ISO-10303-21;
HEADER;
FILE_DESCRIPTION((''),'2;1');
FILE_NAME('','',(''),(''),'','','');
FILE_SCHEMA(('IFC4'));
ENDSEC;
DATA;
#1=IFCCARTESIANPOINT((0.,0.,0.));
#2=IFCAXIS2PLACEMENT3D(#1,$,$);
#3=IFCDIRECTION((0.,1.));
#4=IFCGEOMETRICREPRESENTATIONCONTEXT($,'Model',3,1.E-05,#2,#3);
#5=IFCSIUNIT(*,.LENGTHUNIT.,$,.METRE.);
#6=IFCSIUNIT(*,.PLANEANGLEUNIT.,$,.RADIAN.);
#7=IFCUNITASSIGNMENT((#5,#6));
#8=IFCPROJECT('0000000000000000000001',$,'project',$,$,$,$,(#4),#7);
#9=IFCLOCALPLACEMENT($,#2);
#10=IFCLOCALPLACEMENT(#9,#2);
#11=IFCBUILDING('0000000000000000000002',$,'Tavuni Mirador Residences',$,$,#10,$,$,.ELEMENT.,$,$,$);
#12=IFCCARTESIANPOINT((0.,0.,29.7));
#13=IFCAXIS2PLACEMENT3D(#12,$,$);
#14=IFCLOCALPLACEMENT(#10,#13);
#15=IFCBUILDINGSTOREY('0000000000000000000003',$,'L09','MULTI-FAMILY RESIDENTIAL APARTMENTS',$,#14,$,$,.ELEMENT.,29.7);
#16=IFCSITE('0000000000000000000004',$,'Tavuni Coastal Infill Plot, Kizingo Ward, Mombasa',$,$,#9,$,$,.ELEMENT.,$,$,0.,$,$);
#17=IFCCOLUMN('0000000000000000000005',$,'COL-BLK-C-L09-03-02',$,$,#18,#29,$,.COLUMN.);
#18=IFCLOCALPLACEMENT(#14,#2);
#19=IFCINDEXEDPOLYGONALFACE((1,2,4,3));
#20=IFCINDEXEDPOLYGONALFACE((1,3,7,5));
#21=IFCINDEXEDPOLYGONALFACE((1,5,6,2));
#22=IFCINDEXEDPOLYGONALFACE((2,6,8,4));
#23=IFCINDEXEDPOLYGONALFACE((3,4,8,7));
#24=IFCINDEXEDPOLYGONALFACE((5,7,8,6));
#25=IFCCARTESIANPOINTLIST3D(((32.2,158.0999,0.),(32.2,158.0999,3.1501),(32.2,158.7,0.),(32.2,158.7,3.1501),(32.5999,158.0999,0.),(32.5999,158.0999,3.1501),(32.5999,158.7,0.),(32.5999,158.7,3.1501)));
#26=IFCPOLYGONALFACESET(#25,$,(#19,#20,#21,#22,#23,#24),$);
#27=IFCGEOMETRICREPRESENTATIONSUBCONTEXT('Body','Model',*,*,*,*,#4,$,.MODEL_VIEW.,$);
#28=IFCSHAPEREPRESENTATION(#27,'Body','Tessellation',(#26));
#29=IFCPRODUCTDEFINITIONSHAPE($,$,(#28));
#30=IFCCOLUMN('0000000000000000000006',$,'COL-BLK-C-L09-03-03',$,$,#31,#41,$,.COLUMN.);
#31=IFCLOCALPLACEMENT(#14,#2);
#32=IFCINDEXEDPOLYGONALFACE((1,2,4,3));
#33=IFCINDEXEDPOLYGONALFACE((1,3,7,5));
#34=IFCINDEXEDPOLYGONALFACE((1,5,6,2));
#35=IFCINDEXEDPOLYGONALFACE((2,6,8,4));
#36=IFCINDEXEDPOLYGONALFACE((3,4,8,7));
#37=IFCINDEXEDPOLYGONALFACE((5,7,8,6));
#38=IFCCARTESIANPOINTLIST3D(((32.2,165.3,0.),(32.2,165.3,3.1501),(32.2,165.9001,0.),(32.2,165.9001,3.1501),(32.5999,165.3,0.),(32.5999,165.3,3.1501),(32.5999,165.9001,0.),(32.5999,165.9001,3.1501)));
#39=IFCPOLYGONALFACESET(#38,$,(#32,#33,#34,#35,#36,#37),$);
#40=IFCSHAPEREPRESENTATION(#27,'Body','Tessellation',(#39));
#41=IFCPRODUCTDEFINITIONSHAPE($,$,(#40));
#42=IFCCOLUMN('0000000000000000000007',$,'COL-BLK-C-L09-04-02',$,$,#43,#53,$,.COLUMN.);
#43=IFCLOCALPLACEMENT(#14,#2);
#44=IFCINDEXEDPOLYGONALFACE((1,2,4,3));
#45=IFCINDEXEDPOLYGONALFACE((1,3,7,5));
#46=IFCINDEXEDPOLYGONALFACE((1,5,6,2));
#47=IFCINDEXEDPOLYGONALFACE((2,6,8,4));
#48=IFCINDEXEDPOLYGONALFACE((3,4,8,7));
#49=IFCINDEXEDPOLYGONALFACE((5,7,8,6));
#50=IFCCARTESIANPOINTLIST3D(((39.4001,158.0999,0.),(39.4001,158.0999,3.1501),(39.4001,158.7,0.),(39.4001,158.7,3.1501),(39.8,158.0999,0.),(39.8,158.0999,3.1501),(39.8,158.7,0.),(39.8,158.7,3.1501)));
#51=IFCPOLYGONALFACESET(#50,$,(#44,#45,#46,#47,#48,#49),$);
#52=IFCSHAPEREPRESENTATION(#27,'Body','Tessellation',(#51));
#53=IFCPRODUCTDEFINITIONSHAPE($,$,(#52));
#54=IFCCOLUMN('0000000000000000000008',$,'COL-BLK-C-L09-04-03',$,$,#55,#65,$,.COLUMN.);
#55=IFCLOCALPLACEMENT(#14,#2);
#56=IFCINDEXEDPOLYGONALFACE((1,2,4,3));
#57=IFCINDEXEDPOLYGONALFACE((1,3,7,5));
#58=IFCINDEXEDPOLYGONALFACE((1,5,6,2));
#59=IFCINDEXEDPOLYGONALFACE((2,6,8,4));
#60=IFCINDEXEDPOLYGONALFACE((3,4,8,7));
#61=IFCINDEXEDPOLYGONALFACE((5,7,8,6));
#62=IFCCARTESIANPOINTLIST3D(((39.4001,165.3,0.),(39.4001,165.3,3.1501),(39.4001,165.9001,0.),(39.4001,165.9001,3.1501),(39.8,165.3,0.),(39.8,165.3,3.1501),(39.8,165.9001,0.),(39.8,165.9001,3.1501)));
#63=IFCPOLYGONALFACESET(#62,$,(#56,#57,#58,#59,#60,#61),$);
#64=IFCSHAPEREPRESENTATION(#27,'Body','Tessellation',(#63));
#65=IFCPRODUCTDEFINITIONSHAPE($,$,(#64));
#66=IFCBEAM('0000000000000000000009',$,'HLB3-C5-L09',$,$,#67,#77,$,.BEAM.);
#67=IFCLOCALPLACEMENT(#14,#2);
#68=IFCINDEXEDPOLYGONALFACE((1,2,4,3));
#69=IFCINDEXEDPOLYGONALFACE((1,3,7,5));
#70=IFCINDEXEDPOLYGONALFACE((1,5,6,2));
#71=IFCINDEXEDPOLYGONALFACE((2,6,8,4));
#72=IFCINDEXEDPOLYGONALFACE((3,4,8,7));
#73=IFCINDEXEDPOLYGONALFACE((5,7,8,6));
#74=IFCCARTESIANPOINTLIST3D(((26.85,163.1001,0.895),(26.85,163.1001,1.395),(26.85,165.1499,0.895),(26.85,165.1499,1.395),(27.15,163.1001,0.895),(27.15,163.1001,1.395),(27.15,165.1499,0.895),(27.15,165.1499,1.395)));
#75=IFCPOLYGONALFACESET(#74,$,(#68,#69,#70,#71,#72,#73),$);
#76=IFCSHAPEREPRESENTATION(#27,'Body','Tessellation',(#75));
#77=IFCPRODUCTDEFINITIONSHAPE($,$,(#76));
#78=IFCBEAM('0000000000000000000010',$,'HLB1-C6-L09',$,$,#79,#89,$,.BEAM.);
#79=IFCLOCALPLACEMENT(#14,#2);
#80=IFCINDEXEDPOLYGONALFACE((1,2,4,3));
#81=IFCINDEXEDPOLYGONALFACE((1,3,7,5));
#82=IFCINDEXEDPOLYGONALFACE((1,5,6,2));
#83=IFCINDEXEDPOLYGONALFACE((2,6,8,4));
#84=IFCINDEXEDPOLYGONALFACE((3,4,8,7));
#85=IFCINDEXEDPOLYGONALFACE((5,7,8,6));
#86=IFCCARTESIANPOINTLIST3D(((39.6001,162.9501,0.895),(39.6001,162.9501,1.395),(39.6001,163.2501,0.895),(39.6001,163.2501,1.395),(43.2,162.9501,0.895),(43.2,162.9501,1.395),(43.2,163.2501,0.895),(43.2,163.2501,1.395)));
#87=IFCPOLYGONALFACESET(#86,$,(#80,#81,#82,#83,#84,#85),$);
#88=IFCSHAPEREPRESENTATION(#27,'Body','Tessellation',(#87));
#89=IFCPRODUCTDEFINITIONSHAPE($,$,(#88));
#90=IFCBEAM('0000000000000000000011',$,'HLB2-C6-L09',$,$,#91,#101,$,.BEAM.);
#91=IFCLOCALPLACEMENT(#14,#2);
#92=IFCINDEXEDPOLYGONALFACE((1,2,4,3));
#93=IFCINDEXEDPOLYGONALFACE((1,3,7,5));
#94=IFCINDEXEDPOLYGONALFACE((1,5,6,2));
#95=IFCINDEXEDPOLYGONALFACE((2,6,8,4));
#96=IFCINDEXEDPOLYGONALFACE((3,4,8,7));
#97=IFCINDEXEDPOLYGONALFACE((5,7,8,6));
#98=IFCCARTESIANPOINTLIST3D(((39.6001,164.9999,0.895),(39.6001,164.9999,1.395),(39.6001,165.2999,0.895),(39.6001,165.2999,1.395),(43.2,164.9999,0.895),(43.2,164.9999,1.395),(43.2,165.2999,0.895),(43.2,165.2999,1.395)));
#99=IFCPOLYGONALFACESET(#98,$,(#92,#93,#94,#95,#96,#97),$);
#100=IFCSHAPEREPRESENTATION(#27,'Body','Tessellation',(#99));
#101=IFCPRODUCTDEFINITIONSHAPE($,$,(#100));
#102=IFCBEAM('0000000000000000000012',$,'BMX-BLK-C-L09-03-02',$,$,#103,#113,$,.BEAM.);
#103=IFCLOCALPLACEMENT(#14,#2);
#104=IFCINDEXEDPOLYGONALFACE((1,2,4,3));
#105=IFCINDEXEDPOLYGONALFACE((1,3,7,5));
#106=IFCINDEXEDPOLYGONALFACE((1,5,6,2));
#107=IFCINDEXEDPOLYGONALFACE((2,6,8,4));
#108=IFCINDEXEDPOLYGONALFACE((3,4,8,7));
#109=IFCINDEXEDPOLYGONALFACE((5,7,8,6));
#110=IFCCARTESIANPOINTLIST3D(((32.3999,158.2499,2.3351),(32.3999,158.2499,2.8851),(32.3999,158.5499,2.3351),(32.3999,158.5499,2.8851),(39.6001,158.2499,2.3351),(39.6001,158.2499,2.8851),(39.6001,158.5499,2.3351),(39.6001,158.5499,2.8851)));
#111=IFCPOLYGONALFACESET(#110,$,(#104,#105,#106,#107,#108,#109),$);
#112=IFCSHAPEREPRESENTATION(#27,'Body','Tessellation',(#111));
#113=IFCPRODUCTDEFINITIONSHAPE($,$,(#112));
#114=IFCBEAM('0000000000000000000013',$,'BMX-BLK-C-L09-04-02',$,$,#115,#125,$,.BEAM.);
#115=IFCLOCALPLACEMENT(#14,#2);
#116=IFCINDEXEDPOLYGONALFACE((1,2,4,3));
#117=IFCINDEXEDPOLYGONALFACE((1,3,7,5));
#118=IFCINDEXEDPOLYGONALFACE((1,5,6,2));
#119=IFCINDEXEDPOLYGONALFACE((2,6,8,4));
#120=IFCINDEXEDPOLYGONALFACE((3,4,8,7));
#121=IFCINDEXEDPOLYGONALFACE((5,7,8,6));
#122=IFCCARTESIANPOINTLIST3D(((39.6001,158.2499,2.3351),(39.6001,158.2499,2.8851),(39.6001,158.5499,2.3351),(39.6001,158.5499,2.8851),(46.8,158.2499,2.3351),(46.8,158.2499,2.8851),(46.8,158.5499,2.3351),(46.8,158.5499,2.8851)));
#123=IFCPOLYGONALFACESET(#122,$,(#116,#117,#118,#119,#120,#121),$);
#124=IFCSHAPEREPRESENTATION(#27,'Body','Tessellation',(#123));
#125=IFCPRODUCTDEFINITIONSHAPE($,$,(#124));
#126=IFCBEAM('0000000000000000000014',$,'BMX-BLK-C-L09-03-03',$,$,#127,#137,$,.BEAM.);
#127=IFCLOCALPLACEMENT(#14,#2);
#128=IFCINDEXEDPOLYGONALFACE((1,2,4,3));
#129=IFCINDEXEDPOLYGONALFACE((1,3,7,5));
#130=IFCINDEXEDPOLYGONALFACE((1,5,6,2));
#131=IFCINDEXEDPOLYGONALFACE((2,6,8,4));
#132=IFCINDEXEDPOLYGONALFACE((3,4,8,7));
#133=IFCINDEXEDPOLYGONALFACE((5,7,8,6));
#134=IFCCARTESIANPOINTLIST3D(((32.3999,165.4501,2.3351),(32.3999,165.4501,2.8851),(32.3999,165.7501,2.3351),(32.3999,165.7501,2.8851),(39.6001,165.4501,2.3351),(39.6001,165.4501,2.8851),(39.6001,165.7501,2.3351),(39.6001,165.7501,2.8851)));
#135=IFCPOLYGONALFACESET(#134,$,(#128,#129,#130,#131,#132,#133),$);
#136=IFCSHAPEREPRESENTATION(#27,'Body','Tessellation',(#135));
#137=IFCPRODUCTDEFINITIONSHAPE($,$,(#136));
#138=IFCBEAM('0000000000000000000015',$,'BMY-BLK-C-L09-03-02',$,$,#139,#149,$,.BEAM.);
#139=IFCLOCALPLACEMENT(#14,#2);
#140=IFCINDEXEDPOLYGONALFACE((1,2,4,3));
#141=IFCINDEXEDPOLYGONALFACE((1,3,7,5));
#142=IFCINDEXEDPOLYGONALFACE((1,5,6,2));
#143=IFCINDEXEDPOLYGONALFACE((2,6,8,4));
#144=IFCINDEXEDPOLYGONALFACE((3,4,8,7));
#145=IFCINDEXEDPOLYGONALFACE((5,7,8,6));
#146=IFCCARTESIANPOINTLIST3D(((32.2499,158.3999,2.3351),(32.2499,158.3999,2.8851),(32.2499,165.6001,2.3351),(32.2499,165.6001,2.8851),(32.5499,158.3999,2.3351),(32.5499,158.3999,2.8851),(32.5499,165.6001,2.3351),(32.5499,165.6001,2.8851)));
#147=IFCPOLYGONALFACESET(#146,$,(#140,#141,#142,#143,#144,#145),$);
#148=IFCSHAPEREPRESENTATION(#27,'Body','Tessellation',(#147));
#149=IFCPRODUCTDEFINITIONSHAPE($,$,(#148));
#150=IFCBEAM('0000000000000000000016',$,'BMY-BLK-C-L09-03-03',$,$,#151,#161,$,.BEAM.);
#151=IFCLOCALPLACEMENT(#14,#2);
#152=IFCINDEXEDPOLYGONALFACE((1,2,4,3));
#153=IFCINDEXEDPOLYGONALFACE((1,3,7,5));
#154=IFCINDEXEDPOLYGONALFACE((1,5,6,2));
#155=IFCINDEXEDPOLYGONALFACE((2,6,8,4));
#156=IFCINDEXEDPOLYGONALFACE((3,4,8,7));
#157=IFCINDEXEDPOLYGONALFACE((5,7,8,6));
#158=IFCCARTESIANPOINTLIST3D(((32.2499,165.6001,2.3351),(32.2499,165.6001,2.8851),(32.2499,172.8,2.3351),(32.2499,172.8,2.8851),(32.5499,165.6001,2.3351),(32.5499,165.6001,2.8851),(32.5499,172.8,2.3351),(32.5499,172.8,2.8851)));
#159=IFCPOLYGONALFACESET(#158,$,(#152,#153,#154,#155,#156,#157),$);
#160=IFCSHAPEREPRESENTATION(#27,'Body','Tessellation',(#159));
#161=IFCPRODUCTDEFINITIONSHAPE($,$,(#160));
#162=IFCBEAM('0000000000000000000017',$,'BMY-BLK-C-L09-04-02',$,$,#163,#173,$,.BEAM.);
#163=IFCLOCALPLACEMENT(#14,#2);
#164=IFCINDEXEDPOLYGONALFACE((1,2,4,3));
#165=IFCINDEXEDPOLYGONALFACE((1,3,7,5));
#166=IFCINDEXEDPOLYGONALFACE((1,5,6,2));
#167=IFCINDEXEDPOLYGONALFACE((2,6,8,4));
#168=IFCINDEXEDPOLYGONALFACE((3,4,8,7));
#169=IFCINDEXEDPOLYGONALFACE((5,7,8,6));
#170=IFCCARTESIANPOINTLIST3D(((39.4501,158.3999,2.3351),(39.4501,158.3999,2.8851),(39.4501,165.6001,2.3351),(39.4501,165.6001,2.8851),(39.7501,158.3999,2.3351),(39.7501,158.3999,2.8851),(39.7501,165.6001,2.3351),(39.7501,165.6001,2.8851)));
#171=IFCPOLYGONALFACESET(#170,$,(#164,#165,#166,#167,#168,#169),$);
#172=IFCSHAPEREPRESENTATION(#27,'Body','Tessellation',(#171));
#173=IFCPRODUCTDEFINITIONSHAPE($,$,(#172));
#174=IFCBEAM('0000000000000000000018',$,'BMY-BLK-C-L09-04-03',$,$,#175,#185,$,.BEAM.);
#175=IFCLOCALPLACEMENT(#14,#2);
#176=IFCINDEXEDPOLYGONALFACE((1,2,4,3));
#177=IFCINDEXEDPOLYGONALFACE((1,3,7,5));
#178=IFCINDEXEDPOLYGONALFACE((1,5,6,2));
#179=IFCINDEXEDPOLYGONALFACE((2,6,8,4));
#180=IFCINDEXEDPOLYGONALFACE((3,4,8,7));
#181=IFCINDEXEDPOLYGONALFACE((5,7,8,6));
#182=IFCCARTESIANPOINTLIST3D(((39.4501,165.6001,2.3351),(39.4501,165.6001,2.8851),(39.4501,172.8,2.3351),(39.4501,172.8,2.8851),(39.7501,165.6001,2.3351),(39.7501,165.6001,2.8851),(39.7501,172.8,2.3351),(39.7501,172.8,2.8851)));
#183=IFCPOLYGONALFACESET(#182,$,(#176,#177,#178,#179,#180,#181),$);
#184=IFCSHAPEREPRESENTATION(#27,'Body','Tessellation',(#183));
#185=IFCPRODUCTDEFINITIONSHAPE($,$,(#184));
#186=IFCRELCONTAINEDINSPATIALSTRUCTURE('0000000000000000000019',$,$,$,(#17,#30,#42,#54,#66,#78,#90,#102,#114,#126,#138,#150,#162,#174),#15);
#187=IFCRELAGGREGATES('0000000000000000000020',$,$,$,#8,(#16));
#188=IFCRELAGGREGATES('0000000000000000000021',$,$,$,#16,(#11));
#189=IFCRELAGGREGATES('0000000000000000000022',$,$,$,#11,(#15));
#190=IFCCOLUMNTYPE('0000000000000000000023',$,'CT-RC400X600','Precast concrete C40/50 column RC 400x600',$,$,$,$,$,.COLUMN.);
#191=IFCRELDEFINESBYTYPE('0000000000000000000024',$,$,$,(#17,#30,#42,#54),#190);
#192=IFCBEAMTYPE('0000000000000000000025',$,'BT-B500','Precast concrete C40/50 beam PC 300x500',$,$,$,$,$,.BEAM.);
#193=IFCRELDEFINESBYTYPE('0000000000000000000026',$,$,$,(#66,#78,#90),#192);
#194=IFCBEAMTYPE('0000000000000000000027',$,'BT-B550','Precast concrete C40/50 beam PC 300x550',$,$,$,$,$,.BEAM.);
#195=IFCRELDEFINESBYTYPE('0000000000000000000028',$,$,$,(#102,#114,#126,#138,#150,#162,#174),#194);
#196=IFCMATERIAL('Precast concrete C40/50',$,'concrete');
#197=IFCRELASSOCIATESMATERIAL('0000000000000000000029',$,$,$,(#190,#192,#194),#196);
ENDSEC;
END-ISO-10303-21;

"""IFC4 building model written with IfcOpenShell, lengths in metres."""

from ifc_helpers import new_model, si_unit, direction, frame, origin, origin_2d, place, context, subcontext, project, spatial, rectangle, extrude, material, material_profile, profile_set, type_object, element, save


model = new_model("IFC4")

# Units and contexts
model_context = context("Model", 3, precision=1e-05, world=origin(), true_north=direction((0.0, 1.0)))
body_context = subcontext(model_context, "Body", "Model", "MODEL_VIEW")
ifc_project = project(units=[si_unit("LENGTHUNIT", "METRE"), si_unit("PLANEANGLEUNIT", "RADIAN")], contexts=[model_context])

# Site, building, storey
site_placement = place(None, origin())
site = spatial("IfcSite", under=ifc_project, at=site_placement, Name="Tavuni Coastal Infill Plot, Kizingo Ward, Mombasa", CompositionType="ELEMENT", RefElevation=0.0)
building_placement = place(site_placement, origin())
building = spatial("IfcBuilding", under=site, at=building_placement, Name="Tavuni Mirador Residences", CompositionType="ELEMENT")
storey_placement = place(building_placement, frame((0.0, 0.0, 29.7)))
storey = spatial("IfcBuildingStorey", under=building, at=storey_placement, Name="L09", Description="MULTI-FAMILY RESIDENTIAL APARTMENTS", CompositionType="ELEMENT", Elevation=29.7)

# Columns
ifc_material_1 = material(Name="Precast concrete C40/50", Category="concrete")
ifc_material_profile_1 = material_profile(ifc_material_1, rectangle(XDim=0.3999, YDim=0.6001, at=origin_2d()), Name="RC 400x600", Category="concrete")
ifc_profile_set_1 = profile_set([ifc_material_profile_1], Name="Precast concrete C40/50")
column_type = type_object("IfcColumnType", Name="CT-RC400X600", Description="Precast concrete C40/50 column RC 400x600", PredefinedType="COLUMN", material=ifc_profile_set_1)
for number, where, z_axis, x_axis, name in (
    (1, (32.3999, 158.3999, 0.0), (0.0, 0.0, 1.0), (1.0, 0.0, 0.0), "COL-BLK-C-L09-03-02"),
    (2, (32.3999, 165.6001, 0.0), (0.0, 0.0, 1.0), (1.0, 0.0, 0.0), "COL-BLK-C-L09-03-03"),
    (3, (39.6001, 158.3999, 0.0), (0.0, 0.0, 1.0), (1.0, 0.0, 0.0), "COL-BLK-C-L09-04-02"),
    (4, (39.6001, 165.6001, 0.0), (0.0, 0.0, 1.0), (1.0, 0.0, 0.0), "COL-BLK-C-L09-04-03"),
):
    element("IfcColumn", number, at=place(storey_placement, frame(where, z_axis=z_axis, x_axis=x_axis)), inside=storey, type_object=column_type, Name=name, PredefinedType="COLUMN", context=body_context, shape_type="SweptSolid", body=[
        extrude(rectangle(XDim=0.3999, YDim=0.6001, at=origin_2d()), origin(), (0.0, 0.0, 1.0), 3.1501),
    ])

# Beams
ifc_material_profile_2 = material_profile(ifc_material_1, rectangle(XDim=0.3, YDim=0.5, at=origin_2d()), Name="PC 300x500", Category="concrete")
ifc_profile_set_2 = profile_set([ifc_material_profile_2], Name="Precast concrete C40/50")
beam_type_1 = type_object("IfcBeamType", Name="BT-B500", Description="Precast concrete C40/50 beam PC 300x500", PredefinedType="BEAM", material=ifc_profile_set_2)
beam_1_placement = place(storey_placement, frame((27.0, 163.1001, 1.145), z_axis=(0.0, 1.0, 0.0), x_axis=(-1.0, 0.0, 0.0)))
element("IfcBeam", 5, at=beam_1_placement, inside=storey, type_object=beam_type_1, Name="HLB3-C5-L09", PredefinedType="BEAM", context=body_context, shape_type="SweptSolid", body=[
    extrude(rectangle(XDim=0.3, YDim=0.5, at=origin_2d()), origin(), (0.0, 0.0, 1.0), 2.0498),
])
for number, where, z_axis, x_axis, name in (
    (6, (39.6001, 163.1001, 1.145), (1.0, 0.0, 0.0), (0.0, 1.0, 0.0), "HLB1-C6-L09"),
    (7, (39.6001, 165.1499, 1.145), (1.0, 0.0, 0.0), (0.0, 1.0, 0.0), "HLB2-C6-L09"),
):
    element("IfcBeam", number, at=place(storey_placement, frame(where, z_axis=z_axis, x_axis=x_axis)), inside=storey, type_object=beam_type_1, Name=name, PredefinedType="BEAM", context=body_context, shape_type="SweptSolid", body=[
        extrude(rectangle(XDim=0.3, YDim=0.5, at=origin_2d()), origin(), (0.0, 0.0, 1.0), 3.5999),
    ])
ifc_material_profile_3 = material_profile(ifc_material_1, rectangle(XDim=0.3, YDim=0.55, at=origin_2d()), Name="PC 300x550", Category="concrete")
ifc_profile_set_3 = profile_set([ifc_material_profile_3], Name="Precast concrete C40/50")
beam_type_2 = type_object("IfcBeamType", Name="BT-B550", Description="Precast concrete C40/50 beam PC 300x550", PredefinedType="BEAM", material=ifc_profile_set_3)
beam_2_placement = place(storey_placement, frame((32.3999, 158.3999, 2.6101), z_axis=(1.0, 0.0, 0.0), x_axis=(0.0, 1.0, 0.0)))
element("IfcBeam", 8, at=beam_2_placement, inside=storey, type_object=beam_type_2, Name="BMX-BLK-C-L09-03-02", PredefinedType="BEAM", context=body_context, shape_type="SweptSolid", body=[
    extrude(rectangle(XDim=0.3, YDim=0.55, at=origin_2d()), origin(), (0.0, 0.0, 1.0), 7.2002),
])
beam_3_placement = place(storey_placement, frame((39.6001, 158.3999, 2.6101), z_axis=(1.0, 0.0, 0.0), x_axis=(0.0, 1.0, 0.0)))
element("IfcBeam", 9, at=beam_3_placement, inside=storey, type_object=beam_type_2, Name="BMX-BLK-C-L09-04-02", PredefinedType="BEAM", context=body_context, shape_type="SweptSolid", body=[
    extrude(rectangle(XDim=0.3, YDim=0.55, at=origin_2d()), origin(), (0.0, 0.0, 1.0), 7.2),
])
for number, where, z_axis, x_axis, name in (
    (10, (32.3999, 165.6001, 2.6101), (1.0, 0.0, 0.0), (0.0, 1.0, 0.0), "BMX-BLK-C-L09-03-03"),
    (11, (32.3999, 158.3999, 2.6101), (0.0, 1.0, 0.0), (-1.0, 0.0, 0.0), "BMY-BLK-C-L09-03-02"),
):
    element("IfcBeam", number, at=place(storey_placement, frame(where, z_axis=z_axis, x_axis=x_axis)), inside=storey, type_object=beam_type_2, Name=name, PredefinedType="BEAM", context=body_context, shape_type="SweptSolid", body=[
        extrude(rectangle(XDim=0.3, YDim=0.55, at=origin_2d()), origin(), (0.0, 0.0, 1.0), 7.2002),
    ])
beam_4_placement = place(storey_placement, frame((32.3999, 165.6001, 2.6101), z_axis=(0.0, 1.0, 0.0), x_axis=(-1.0, 0.0, 0.0)))
element("IfcBeam", 12, at=beam_4_placement, inside=storey, type_object=beam_type_2, Name="BMY-BLK-C-L09-03-03", PredefinedType="BEAM", context=body_context, shape_type="SweptSolid", body=[
    extrude(rectangle(XDim=0.3, YDim=0.55, at=origin_2d()), origin(), (0.0, 0.0, 1.0), 7.2),
])
beam_5_placement = place(storey_placement, frame((39.6001, 158.3999, 2.6101), z_axis=(0.0, 1.0, 0.0), x_axis=(-1.0, 0.0, 0.0)))
element("IfcBeam", 13, at=beam_5_placement, inside=storey, type_object=beam_type_2, Name="BMY-BLK-C-L09-04-02", PredefinedType="BEAM", context=body_context, shape_type="SweptSolid", body=[
    extrude(rectangle(XDim=0.3, YDim=0.55, at=origin_2d()), origin(), (0.0, 0.0, 1.0), 7.2002),
])
beam_6_placement = place(storey_placement, frame((39.6001, 165.6001, 2.6101), z_axis=(0.0, 1.0, 0.0), x_axis=(-1.0, 0.0, 0.0)))
element("IfcBeam", 14, at=beam_6_placement, inside=storey, type_object=beam_type_2, Name="BMY-BLK-C-L09-04-03", PredefinedType="BEAM", context=body_context, shape_type="SweptSolid", body=[
    extrude(rectangle(XDim=0.3, YDim=0.55, at=origin_2d()), origin(), (0.0, 0.0, 1.0), 7.2),
])

save(model, "model.ifc")
